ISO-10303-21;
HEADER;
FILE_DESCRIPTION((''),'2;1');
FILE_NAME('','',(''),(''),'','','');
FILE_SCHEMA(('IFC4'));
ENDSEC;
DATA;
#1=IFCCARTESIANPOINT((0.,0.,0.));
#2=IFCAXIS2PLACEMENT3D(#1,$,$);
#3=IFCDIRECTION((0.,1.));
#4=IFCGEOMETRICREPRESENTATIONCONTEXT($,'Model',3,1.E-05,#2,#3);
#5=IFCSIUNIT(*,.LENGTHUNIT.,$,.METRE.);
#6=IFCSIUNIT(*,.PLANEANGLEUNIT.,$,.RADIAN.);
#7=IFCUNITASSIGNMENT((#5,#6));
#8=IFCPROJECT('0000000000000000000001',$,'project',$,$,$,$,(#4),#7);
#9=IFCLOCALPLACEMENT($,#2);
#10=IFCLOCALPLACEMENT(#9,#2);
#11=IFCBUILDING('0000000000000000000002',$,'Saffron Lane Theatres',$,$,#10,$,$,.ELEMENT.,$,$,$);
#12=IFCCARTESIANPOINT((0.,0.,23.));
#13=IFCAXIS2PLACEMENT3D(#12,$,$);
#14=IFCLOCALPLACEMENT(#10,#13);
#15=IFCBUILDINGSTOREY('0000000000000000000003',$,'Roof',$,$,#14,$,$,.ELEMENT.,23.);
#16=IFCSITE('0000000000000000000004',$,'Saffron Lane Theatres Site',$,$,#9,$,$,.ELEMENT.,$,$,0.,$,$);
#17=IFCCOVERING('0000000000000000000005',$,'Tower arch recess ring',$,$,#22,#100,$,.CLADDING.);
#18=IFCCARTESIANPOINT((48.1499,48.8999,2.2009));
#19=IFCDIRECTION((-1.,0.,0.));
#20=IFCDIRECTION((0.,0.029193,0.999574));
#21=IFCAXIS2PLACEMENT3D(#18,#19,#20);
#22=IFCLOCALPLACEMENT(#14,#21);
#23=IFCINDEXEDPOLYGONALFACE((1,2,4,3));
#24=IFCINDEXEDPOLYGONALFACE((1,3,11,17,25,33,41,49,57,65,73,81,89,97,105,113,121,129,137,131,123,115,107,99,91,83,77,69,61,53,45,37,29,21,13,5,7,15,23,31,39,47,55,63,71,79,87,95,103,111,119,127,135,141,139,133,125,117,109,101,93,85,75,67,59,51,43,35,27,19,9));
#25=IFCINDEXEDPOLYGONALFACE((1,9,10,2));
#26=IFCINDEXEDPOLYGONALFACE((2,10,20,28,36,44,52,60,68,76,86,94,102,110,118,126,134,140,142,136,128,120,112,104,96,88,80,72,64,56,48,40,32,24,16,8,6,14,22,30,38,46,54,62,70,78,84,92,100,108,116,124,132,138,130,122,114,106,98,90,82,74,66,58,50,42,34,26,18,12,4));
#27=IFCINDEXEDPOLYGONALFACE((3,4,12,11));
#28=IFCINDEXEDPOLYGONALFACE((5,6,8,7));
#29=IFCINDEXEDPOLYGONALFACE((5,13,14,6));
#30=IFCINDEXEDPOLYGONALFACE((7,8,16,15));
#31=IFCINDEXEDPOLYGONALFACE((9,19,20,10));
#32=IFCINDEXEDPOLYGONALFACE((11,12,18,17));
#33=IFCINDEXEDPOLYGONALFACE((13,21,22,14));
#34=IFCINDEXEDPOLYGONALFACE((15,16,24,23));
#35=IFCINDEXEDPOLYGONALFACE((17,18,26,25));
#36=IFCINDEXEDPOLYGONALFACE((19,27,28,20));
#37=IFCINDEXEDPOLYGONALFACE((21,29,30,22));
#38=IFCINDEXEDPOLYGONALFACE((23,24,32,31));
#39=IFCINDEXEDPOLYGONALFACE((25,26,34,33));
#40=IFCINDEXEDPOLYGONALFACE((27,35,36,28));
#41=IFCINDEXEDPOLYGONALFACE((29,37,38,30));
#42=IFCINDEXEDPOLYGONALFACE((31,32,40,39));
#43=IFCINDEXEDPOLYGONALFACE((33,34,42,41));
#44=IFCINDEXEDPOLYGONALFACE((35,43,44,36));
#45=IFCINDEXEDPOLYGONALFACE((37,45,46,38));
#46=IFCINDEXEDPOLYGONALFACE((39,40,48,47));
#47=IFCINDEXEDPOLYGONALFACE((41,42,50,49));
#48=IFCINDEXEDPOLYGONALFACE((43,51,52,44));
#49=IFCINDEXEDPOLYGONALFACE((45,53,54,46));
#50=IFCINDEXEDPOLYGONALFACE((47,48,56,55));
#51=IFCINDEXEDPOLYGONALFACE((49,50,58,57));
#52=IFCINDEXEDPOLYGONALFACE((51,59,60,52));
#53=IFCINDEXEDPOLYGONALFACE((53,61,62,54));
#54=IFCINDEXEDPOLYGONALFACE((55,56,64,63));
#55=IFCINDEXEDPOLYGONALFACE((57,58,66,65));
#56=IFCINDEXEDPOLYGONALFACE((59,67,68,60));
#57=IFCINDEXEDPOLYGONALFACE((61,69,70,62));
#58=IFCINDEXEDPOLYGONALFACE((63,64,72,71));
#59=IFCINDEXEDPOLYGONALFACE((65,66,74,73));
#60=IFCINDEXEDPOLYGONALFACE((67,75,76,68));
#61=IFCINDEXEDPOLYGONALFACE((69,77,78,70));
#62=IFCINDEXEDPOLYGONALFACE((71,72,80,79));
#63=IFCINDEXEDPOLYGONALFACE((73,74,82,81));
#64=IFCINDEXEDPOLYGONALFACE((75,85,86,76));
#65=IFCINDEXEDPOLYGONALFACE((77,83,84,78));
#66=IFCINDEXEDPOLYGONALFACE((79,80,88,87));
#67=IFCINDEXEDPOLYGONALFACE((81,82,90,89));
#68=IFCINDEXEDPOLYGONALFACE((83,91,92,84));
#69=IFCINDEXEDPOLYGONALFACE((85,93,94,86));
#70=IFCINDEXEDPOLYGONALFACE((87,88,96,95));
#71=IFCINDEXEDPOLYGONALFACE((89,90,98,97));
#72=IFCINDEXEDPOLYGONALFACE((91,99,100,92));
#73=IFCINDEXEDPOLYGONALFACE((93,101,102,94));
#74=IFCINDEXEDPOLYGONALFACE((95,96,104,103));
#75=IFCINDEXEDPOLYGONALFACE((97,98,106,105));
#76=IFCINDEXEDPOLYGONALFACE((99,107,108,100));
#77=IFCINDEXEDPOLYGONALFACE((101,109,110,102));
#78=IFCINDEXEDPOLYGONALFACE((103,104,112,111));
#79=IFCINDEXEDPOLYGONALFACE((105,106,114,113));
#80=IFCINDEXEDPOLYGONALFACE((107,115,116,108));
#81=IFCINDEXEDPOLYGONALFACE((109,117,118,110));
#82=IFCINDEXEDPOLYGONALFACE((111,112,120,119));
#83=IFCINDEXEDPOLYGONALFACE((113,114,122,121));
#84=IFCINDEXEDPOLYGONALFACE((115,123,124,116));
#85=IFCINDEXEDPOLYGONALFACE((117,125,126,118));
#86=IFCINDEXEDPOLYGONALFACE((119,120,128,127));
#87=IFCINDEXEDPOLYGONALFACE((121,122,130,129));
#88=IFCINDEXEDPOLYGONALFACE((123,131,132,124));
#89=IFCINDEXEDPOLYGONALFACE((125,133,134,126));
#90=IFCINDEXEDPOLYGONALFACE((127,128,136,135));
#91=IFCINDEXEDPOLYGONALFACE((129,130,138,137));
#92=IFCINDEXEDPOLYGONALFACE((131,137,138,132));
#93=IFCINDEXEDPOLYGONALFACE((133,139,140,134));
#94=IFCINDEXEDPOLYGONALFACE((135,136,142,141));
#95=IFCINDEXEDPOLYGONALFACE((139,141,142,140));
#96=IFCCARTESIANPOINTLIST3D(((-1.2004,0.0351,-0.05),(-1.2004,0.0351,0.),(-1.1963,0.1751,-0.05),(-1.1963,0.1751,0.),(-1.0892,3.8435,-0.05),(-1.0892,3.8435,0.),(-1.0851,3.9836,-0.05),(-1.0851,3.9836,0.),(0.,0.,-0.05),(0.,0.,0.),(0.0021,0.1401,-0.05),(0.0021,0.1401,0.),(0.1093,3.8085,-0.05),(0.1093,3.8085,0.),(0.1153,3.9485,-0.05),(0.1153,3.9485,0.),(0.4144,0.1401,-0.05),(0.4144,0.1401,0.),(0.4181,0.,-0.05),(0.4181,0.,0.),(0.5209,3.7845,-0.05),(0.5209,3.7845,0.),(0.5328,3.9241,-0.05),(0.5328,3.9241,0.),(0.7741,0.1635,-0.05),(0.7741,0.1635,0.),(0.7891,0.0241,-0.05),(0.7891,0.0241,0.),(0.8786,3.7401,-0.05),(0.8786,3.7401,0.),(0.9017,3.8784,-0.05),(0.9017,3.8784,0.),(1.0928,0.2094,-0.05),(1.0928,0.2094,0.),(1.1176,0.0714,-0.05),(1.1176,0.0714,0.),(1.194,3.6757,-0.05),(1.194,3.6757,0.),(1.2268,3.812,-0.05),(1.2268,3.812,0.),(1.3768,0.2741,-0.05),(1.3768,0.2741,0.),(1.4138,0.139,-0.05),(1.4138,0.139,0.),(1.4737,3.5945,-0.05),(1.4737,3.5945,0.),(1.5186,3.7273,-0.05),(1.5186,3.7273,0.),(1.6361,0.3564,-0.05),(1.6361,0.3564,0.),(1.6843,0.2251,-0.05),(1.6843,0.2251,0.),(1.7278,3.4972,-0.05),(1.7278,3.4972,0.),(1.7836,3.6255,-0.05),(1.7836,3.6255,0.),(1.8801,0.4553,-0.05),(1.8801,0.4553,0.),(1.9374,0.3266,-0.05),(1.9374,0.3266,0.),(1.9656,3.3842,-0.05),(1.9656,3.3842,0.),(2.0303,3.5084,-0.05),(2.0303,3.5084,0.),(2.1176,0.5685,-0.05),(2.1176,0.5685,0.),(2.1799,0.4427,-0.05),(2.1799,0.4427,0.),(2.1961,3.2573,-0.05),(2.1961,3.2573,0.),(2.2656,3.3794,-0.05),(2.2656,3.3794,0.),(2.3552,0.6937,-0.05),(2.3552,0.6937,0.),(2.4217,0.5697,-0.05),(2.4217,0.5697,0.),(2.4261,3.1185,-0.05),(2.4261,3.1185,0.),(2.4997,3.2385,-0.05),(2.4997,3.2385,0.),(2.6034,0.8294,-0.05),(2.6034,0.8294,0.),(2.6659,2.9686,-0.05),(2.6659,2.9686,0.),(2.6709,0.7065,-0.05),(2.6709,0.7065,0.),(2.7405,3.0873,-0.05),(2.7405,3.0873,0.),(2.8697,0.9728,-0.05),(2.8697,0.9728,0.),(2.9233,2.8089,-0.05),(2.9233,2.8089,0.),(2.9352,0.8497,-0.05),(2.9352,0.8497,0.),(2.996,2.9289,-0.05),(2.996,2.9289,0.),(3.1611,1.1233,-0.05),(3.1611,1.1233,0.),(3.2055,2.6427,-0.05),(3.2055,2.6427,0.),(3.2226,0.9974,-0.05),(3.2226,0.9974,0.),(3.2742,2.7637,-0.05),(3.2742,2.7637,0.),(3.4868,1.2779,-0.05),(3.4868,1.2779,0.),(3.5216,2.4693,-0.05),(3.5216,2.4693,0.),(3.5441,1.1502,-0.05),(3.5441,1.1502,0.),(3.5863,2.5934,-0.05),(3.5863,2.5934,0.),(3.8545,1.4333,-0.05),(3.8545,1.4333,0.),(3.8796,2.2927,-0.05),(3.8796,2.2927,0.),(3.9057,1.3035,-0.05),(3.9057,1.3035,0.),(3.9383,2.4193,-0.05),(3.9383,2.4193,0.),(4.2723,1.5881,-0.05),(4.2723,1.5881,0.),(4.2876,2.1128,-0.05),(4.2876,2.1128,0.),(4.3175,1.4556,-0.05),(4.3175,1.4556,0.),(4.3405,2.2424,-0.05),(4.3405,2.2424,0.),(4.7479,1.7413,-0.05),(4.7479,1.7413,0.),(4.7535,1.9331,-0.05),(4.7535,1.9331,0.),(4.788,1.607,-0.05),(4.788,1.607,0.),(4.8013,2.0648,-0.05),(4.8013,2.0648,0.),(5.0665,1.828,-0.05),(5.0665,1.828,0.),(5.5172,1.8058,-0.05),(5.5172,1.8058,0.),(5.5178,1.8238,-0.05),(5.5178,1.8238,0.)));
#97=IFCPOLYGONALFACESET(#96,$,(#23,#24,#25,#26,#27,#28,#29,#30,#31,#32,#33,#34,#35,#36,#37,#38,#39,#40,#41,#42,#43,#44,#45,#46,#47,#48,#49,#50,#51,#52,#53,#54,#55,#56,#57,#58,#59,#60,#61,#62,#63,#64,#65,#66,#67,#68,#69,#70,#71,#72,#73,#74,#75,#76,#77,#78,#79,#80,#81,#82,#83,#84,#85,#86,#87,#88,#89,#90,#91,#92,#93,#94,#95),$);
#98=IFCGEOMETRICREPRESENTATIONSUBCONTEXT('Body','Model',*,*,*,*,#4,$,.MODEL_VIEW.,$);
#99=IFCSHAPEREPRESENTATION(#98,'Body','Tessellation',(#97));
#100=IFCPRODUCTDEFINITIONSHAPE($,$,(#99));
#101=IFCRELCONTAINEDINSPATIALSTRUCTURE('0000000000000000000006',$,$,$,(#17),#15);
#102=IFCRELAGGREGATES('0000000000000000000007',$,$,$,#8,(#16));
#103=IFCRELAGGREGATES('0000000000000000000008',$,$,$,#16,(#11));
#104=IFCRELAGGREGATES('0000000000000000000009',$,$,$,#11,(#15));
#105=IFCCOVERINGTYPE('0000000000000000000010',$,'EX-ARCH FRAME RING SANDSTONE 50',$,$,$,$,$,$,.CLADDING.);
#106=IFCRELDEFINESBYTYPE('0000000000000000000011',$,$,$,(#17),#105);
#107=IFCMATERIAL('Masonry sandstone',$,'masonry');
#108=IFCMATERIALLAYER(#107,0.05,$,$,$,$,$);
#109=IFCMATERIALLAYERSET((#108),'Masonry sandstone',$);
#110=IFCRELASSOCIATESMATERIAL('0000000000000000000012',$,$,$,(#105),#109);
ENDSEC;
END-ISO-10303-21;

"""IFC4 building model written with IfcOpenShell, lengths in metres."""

from ifc_helpers import new_model, si_unit, direction, frame, origin, place, context, subcontext, project, spatial, polyline, outline, extrude, material, layer, layer_set, type_object, element, save


model = new_model("IFC4")

# Units and contexts
model_context = context("Model", 3, precision=1e-05, world=origin(), true_north=direction((0.0, 1.0)))
body_context = subcontext(model_context, "Body", "Model", "MODEL_VIEW")
ifc_project = project(units=[si_unit("LENGTHUNIT", "METRE"), si_unit("PLANEANGLEUNIT", "RADIAN")], contexts=[model_context])

# Site, building, storey
site_placement = place(None, origin())
site = spatial("IfcSite", under=ifc_project, at=site_placement, Name="Saffron Lane Theatres Site", CompositionType="ELEMENT", RefElevation=0.0)
building_placement = place(site_placement, origin())
building = spatial("IfcBuilding", under=site, at=building_placement, Name="Saffron Lane Theatres", CompositionType="ELEMENT")
storey_placement = place(building_placement, frame((0.0, 0.0, 23.0)))
storey = spatial("IfcBuildingStorey", under=building, at=storey_placement, Name="Roof", CompositionType="ELEMENT", Elevation=23.0)

# Covering
ifc_material_1 = material(Name="Masonry sandstone", Category="masonry")
ifc_layer_1 = layer(ifc_material_1, 0.05)
ifc_layer_set_1 = layer_set([ifc_layer_1], Name="Masonry sandstone")
covering_type_1 = type_object("IfcCoveringType", Name="EX-ARCH FRAME RING SANDSTONE 50", PredefinedType="CLADDING", material=ifc_layer_set_1)
covering_1_placement = place(storey_placement, frame((48.1499, 48.8999, 2.2009), z_axis=(-1.0, 0.0, 0.0), x_axis=(0.0, 0.029193, 0.999574)))
element("IfcCovering", 1, at=covering_1_placement, inside=storey, type_object=covering_type_1, Name="Tower arch recess ring", PredefinedType="CLADDING", context=body_context, shape_type="SweptSolid", body=[
    extrude(outline(polyline([(0.0, 0.0), (0.4181, 0.0), (0.7891, 0.0241), (1.1176, 0.0714), (1.4138, 0.139), (1.6843, 0.2251), (1.9374, 0.3266), (2.1799, 0.4427), (2.4217, 0.5697), (2.6709, 0.7065), (2.9352, 0.8497), (3.2226, 0.9974), (3.5441, 1.1502), (3.9057, 1.3035), (4.3175, 1.4556), (4.788, 1.607), (5.5172, 1.8058), (5.5178, 1.8238), (4.8013, 2.0648), (4.3405, 2.2424), (3.9383, 2.4193), (3.5863, 2.5934), (3.2742, 2.7637), (2.996, 2.9289), (2.7405, 3.0873), (2.4997, 3.2385), (2.2656, 3.3794), (2.0303, 3.5084), (1.7836, 3.6255), (1.5186, 3.7273), (1.2268, 3.812), (0.9017, 3.8784), (0.5328, 3.9241), (0.1153, 3.9485), (-1.0851, 3.9836), (-1.0892, 3.8435), (0.1093, 3.8085), (0.5209, 3.7845), (0.8786, 3.7401), (1.194, 3.6757), (1.4737, 3.5945), (1.7278, 3.4972), (1.9656, 3.3842), (2.1961, 3.2573), (2.4261, 3.1185), (2.6659, 2.9686), (2.9233, 2.8089), (3.2055, 2.6427), (3.5216, 2.4693), (3.8796, 2.2927), (4.2876, 2.1128), (4.7535, 1.9331), (5.0665, 1.828), (4.7479, 1.7413), (4.2723, 1.5881), (3.8545, 1.4333), (3.4868, 1.2779), (3.1611, 1.1233), (2.8697, 0.9728), (2.6034, 0.8294), (2.3552, 0.6937), (2.1176, 0.5685), (1.8801, 0.4553), (1.6361, 0.3564), (1.3768, 0.2741), (1.0928, 0.2094), (0.7741, 0.1635), (0.4144, 0.1401), (0.0021, 0.1401), (-1.1963, 0.1751), (-1.2004, 0.0351), (0.0, 0.0)])), origin(), (0.0, 0.0, -1.0), 0.05),
])

save(model, "model.ifc")
